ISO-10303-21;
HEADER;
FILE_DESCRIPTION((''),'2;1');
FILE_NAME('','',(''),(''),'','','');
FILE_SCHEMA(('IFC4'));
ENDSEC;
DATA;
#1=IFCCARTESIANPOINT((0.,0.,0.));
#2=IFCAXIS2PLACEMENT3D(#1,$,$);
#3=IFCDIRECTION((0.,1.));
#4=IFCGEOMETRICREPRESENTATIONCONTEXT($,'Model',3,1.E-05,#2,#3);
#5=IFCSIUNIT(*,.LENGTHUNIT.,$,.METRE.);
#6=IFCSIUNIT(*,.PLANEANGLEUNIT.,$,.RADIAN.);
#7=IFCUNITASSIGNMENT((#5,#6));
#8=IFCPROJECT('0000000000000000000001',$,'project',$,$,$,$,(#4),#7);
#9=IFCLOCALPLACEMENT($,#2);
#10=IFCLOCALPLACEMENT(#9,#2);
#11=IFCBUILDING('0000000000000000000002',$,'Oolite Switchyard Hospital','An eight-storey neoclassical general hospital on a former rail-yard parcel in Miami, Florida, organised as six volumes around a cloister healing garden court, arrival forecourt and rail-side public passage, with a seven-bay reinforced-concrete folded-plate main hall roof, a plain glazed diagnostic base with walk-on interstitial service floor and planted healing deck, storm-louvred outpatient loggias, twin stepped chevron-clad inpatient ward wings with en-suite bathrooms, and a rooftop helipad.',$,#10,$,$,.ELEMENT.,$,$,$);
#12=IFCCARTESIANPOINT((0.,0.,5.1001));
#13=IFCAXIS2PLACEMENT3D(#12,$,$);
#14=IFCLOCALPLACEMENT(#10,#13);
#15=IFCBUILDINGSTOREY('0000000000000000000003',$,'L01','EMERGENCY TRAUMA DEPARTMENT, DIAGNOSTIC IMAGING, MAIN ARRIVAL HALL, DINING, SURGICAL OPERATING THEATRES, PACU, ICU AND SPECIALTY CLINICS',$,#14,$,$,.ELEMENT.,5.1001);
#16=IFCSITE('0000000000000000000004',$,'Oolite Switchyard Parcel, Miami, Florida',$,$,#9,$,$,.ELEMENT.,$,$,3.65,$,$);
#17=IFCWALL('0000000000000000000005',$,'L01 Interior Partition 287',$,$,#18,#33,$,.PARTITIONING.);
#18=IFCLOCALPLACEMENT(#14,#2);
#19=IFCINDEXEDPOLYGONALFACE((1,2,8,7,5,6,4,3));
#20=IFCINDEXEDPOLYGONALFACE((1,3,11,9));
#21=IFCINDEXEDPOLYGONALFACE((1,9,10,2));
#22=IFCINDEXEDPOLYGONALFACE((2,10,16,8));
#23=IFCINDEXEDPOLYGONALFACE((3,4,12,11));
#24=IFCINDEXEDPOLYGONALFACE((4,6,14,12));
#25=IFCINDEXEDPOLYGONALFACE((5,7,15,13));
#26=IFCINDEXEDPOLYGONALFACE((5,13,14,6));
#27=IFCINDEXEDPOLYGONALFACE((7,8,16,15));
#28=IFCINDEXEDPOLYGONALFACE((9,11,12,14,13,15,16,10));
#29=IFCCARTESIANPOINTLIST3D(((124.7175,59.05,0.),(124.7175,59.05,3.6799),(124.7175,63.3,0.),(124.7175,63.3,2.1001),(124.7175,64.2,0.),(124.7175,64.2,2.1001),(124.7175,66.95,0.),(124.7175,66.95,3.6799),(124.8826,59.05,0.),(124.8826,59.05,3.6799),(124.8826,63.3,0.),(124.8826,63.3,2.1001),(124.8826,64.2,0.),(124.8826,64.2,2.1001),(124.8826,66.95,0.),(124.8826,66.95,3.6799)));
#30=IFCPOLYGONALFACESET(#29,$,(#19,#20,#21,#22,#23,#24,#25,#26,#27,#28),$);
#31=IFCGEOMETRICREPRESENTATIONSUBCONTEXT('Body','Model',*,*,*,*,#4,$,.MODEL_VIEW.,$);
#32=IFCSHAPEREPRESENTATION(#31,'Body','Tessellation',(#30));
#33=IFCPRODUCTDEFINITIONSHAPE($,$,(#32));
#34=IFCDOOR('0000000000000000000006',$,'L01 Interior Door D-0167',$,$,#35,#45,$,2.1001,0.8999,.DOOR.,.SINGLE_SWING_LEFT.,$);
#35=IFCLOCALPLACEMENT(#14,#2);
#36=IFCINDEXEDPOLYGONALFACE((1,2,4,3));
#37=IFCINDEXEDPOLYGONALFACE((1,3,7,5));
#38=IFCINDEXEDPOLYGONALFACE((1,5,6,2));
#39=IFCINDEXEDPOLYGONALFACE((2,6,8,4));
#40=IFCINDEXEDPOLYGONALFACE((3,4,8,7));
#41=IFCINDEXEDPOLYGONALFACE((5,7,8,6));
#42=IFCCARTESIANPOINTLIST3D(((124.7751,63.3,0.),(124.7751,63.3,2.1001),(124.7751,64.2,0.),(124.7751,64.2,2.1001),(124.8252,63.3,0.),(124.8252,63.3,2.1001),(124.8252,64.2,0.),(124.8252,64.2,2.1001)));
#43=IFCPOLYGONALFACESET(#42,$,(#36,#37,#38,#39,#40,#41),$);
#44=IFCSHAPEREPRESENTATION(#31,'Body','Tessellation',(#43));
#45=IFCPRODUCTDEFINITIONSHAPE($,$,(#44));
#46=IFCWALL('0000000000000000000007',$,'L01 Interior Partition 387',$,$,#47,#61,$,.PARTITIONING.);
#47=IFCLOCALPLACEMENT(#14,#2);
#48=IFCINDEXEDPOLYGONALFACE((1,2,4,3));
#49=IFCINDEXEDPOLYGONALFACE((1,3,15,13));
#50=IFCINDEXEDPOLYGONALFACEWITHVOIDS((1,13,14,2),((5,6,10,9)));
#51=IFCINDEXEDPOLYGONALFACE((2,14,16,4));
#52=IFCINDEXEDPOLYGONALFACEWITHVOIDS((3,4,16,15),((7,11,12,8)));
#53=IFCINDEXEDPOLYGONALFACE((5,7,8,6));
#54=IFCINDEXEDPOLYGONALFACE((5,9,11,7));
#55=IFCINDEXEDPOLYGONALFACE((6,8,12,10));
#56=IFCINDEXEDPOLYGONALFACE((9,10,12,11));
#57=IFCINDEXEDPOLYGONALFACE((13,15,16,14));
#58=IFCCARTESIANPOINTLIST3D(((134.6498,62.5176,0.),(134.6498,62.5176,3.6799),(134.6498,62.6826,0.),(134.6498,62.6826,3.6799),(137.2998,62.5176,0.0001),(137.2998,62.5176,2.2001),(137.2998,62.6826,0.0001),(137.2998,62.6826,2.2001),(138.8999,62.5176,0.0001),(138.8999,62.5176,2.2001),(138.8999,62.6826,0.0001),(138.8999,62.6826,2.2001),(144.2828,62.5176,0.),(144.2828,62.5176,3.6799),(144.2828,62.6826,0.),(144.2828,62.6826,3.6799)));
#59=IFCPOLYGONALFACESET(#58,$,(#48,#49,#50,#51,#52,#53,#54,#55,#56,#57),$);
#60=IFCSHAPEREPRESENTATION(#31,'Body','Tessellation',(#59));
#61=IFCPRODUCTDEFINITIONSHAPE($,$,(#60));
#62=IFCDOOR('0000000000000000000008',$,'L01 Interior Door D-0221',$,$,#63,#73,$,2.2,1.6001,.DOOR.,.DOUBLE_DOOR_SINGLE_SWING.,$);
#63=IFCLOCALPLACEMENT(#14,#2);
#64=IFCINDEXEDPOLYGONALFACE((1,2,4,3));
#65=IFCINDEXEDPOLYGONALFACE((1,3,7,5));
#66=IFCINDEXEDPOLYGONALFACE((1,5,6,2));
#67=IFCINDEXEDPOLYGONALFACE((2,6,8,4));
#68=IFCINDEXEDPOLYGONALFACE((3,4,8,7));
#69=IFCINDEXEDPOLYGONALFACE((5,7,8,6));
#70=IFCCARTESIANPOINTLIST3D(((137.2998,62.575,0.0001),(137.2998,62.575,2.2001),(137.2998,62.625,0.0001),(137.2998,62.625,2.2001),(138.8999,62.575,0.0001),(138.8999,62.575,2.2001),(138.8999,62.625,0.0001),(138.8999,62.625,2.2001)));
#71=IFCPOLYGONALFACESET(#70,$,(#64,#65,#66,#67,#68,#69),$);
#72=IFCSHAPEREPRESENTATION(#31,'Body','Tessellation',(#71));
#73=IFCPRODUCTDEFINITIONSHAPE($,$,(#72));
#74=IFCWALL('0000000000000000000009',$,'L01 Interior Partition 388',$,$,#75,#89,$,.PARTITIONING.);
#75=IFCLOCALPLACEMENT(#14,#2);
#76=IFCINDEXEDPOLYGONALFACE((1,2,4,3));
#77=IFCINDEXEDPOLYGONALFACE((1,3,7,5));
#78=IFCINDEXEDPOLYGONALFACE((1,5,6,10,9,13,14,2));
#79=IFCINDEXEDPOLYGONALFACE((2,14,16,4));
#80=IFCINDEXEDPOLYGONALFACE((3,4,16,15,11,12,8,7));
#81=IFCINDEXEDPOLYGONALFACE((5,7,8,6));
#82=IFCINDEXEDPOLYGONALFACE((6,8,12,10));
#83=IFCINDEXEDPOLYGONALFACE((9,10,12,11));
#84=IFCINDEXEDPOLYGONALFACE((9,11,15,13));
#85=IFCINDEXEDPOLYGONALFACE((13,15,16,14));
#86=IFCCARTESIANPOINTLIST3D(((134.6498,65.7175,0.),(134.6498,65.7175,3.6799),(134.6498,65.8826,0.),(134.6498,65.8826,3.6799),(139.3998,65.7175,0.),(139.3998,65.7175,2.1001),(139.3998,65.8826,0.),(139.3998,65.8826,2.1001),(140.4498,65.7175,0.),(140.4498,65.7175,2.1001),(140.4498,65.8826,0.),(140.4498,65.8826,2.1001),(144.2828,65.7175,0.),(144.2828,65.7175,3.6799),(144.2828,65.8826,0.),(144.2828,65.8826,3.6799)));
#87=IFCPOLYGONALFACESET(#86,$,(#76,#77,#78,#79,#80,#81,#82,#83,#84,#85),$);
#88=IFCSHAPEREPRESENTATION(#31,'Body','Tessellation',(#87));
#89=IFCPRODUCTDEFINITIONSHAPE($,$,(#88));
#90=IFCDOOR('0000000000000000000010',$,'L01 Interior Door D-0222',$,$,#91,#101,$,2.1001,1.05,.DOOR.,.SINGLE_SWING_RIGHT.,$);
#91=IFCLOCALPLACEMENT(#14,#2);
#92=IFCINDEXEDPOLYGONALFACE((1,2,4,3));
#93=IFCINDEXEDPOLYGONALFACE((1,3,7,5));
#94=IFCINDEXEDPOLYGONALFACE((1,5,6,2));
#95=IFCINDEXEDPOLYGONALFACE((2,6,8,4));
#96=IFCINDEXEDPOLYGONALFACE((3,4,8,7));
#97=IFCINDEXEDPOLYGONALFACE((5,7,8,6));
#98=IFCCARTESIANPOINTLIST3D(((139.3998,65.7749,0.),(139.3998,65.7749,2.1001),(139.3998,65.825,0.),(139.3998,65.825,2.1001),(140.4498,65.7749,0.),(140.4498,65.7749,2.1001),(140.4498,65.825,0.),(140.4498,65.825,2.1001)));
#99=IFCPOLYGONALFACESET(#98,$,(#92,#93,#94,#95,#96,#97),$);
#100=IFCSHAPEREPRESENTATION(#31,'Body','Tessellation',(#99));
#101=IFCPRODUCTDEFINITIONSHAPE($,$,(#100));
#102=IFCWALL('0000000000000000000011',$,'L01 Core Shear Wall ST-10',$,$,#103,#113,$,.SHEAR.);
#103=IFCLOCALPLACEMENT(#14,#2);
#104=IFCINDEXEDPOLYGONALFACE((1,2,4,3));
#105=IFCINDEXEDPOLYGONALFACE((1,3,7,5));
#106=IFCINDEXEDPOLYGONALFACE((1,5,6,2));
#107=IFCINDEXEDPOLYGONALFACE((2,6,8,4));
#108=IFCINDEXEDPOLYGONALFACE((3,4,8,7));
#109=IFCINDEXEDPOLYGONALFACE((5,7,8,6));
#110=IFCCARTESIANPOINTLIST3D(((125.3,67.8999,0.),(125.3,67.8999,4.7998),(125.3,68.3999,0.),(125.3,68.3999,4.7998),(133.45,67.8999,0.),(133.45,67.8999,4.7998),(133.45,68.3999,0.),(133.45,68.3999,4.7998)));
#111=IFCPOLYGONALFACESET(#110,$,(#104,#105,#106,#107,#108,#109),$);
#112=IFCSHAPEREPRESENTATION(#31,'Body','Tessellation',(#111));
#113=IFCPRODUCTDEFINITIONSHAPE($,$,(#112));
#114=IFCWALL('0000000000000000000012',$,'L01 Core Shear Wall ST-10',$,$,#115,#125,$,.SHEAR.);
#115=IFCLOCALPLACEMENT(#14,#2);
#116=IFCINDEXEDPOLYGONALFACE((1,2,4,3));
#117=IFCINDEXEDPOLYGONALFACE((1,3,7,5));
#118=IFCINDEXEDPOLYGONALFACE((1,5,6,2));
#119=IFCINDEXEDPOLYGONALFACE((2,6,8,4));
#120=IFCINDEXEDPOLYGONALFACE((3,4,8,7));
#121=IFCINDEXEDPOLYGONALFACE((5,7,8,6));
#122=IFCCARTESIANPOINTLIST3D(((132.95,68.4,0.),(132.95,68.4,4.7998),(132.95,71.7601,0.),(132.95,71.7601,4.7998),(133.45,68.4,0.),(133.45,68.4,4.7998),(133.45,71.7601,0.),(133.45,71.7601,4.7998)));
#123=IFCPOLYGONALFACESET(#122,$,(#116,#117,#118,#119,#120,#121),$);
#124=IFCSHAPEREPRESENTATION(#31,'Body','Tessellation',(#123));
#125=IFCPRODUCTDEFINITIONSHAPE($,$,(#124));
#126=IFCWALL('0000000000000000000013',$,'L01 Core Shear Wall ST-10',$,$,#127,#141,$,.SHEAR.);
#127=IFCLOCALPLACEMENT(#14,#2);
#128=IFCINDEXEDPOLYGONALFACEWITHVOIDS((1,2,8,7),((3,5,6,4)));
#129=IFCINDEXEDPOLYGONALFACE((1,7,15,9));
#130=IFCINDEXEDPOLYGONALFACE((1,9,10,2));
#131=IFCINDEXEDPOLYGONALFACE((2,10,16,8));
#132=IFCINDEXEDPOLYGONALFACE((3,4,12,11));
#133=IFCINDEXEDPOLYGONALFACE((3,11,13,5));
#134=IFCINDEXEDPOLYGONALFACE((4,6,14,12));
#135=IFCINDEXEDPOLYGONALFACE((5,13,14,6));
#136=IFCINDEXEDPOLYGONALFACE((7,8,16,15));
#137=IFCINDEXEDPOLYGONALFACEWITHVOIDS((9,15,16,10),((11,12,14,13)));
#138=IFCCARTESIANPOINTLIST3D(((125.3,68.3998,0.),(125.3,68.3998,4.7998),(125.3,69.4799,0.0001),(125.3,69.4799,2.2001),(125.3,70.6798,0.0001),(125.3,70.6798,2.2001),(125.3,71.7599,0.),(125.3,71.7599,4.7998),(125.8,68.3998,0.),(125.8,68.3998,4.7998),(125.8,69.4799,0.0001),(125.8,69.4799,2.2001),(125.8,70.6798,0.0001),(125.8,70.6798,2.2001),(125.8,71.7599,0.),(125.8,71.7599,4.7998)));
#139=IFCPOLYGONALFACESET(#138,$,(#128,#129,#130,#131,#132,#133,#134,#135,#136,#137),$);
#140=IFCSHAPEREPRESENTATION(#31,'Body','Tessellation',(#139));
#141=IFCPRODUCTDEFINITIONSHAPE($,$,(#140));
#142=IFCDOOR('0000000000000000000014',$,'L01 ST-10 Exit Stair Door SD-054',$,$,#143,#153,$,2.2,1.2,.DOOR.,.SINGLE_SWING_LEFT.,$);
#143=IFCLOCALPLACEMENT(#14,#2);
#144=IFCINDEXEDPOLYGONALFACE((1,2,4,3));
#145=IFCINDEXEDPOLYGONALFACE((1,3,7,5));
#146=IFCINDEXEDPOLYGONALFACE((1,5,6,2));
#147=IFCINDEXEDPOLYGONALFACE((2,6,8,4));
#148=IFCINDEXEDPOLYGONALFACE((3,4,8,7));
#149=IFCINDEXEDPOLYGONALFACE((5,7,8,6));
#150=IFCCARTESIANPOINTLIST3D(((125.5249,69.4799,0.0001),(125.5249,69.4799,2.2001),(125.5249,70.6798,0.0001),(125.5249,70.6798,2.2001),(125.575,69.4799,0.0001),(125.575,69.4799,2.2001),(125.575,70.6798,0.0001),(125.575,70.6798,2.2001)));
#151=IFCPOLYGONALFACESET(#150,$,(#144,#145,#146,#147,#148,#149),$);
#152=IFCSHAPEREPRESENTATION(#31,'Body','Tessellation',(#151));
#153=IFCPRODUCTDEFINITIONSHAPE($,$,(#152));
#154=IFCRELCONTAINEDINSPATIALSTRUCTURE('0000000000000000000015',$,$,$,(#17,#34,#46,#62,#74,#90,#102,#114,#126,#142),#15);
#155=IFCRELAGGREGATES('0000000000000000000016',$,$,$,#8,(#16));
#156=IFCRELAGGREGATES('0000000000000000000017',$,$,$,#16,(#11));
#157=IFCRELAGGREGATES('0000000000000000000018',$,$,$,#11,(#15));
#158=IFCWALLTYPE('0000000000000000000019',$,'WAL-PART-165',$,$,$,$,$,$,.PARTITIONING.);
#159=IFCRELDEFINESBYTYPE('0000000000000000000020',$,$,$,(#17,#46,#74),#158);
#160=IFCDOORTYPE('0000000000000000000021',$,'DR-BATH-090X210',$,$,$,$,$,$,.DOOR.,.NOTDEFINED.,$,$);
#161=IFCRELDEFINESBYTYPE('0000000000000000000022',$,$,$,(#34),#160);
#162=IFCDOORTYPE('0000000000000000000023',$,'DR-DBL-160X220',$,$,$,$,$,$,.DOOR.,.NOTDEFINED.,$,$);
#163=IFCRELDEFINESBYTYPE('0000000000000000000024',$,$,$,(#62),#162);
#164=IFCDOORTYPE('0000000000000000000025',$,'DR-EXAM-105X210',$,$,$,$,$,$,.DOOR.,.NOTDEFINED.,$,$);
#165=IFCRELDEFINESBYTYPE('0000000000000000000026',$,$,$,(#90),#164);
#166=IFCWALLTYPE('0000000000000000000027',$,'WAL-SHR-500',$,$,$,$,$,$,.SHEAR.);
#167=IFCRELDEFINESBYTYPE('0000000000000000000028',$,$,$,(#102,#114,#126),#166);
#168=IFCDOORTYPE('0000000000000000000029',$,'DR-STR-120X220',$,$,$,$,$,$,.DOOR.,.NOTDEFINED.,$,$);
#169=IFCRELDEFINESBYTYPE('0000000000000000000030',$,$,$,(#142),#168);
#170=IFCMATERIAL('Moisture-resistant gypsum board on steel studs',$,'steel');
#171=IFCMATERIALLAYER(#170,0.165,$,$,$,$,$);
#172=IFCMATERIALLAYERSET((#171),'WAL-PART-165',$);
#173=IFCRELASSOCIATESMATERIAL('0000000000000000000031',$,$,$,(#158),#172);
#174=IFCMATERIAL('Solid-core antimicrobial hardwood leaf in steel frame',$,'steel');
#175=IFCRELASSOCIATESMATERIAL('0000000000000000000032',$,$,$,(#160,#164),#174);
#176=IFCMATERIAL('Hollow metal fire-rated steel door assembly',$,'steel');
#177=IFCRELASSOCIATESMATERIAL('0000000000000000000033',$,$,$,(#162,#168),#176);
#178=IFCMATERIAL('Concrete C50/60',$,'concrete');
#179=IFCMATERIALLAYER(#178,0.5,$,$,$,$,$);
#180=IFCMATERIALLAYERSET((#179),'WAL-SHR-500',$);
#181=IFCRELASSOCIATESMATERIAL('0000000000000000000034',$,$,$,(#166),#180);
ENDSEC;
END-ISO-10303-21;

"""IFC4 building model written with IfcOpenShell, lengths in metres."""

from ifc_helpers import new_model, si_unit, direction, frame, frame_2d, origin, place, context, subcontext, project, spatial, rectangle, extrude, material, layer, layer_set, type_object, element, fill, save


model = new_model("IFC4")

# Units and contexts
model_context = context("Model", 3, precision=1e-05, world=origin(), true_north=direction((0.0, 1.0)))
body_context = subcontext(model_context, "Body", "Model", "MODEL_VIEW")
ifc_project = project(units=[si_unit("LENGTHUNIT", "METRE"), si_unit("PLANEANGLEUNIT", "RADIAN")], contexts=[model_context])

# Site, building, storey
site_placement = place(None, origin())
site = spatial("IfcSite", under=ifc_project, at=site_placement, Name="Oolite Switchyard Parcel, Miami, Florida", CompositionType="ELEMENT", RefElevation=3.65)
building_placement = place(site_placement, origin())
building = spatial("IfcBuilding", under=site, at=building_placement, Name="Oolite Switchyard Hospital", Description="An eight-storey neoclassical general hospital on a former rail-yard parcel in Miami, Florida, organised as six volumes around a cloister healing garden court, arrival forecourt and rail-side public passage, with a seven-bay reinforced-concrete folded-plate main hall roof, a plain glazed diagnostic base with walk-on interstitial service floor and planted healing deck, storm-louvred outpatient loggias, twin stepped chevron-clad inpatient ward wings with en-suite bathrooms, and a rooftop helipad.", CompositionType="ELEMENT")
storey_placement = place(building_placement, frame((0.0, 0.0, 5.1001)))
storey = spatial("IfcBuildingStorey", under=building, at=storey_placement, Name="L01", Description="EMERGENCY TRAUMA DEPARTMENT, DIAGNOSTIC IMAGING, MAIN ARRIVAL HALL, DINING, SURGICAL OPERATING THEATRES, PACU, ICU AND SPECIALTY CLINICS", CompositionType="ELEMENT", Elevation=5.1001)

# Shared definitions
ifc_material_1 = material(Name="Concrete C50/60", Category="concrete")

# Walls, openings, doors
ifc_material_2 = material(Name="Moisture-resistant gypsum board on steel studs", Category="steel")
ifc_layer_1 = layer(ifc_material_2, 0.165)
ifc_layer_set_1 = layer_set([ifc_layer_1], Name="WAL-PART-165")
wall_type_1 = type_object("IfcWallType", Name="WAL-PART-165", PredefinedType="PARTITIONING", material=ifc_layer_set_1)
wall_1_placement = place(storey_placement, frame((124.8, 59.05, 0.0), z_axis=(0.0, 0.0, 1.0), x_axis=(0.0, 1.0, 0.0)))
wall_1 = element("IfcWall", 1, at=wall_1_placement, inside=storey, type_object=wall_type_1, Name="L01 Interior Partition 287", PredefinedType="PARTITIONING", context=body_context, shape_type="SweptSolid", body=[
    extrude(rectangle(XDim=7.8999, YDim=0.165, at=frame_2d((3.95, 0.0))), origin(), (0.0, 0.0, 1.0), 3.6799),
])
opening_1_placement = place(wall_1_placement, frame((4.25, 0.0, 0.0)))
opening_1 = element("IfcOpeningElement", 2, at=opening_1_placement, cuts=wall_1, PredefinedType="OPENING", context=body_context, shape_type="SweptSolid", body=[
    extrude(rectangle(XDim=0.8999, YDim=2.1001, at=frame_2d((0.45, 1.05))), frame((0.0, 0.0925, 0.0), z_axis=(0.0, -1.0, 0.0), x_axis=(1.0, 0.0, 0.0)), (0.0, 0.0, 1.0), 0.1851),
])
ifc_material_3 = material(Name="Solid-core antimicrobial hardwood leaf in steel frame", Category="steel")
door_type_1 = type_object("IfcDoorType", Name="DR-BATH-090X210", OperationType="NOTDEFINED", PredefinedType="DOOR", material=ifc_material_3)
door_1_placement = place(opening_1_placement, origin())
door_1 = element("IfcDoor", 3, at=door_1_placement, inside=storey, type_object=door_type_1, Name="L01 Interior Door D-0167", OperationType="SINGLE_SWING_LEFT", OverallHeight=2.1001, OverallWidth=0.8999, PredefinedType="DOOR", context=body_context, shape_type="SweptSolid", body=[
    extrude(rectangle(XDim=0.8999, YDim=2.1001, at=frame_2d((0.45, 1.05))), frame((0.0, 0.0249, 0.0), z_axis=(0.0, -1.0, 0.0), x_axis=(1.0, 0.0, 0.0)), (0.0, 0.0, 1.0), 0.05),
])
fill(opening_1, door_1)
wall_2_placement = place(storey_placement, frame((134.6499, 62.6001, 0.0), z_axis=(0.0, 0.0, 1.0), x_axis=(1.0, 0.0, 0.0)))
wall_2 = element("IfcWall", 4, at=wall_2_placement, inside=storey, type_object=wall_type_1, Name="L01 Interior Partition 387", PredefinedType="PARTITIONING", context=body_context, shape_type="SweptSolid", body=[
    extrude(rectangle(XDim=9.6331, YDim=0.165, at=frame_2d((4.8164, 0.0))), origin(), (0.0, 0.0, 1.0), 3.6799),
])
opening_2_placement = place(wall_2_placement, frame((2.6499, 0.0, 0.0)))
opening_2 = element("IfcOpeningElement", 5, at=opening_2_placement, cuts=wall_2, PredefinedType="OPENING", context=body_context, shape_type="SweptSolid", body=[
    extrude(rectangle(XDim=1.6001, YDim=2.2, at=frame_2d((0.8, 1.1001))), frame((0.0, 0.0925, 0.0), z_axis=(0.0, -1.0, 0.0), x_axis=(1.0, 0.0, 0.0)), (0.0, 0.0, 1.0), 0.1851),
])
ifc_material_4 = material(Name="Hollow metal fire-rated steel door assembly", Category="steel")
door_type_2 = type_object("IfcDoorType", Name="DR-DBL-160X220", OperationType="NOTDEFINED", PredefinedType="DOOR", material=ifc_material_4)
door_2_placement = place(opening_2_placement, origin())
door_2 = element("IfcDoor", 6, at=door_2_placement, inside=storey, type_object=door_type_2, Name="L01 Interior Door D-0221", OperationType="DOUBLE_DOOR_SINGLE_SWING", OverallHeight=2.2, OverallWidth=1.6001, PredefinedType="DOOR", context=body_context, shape_type="SweptSolid", body=[
    extrude(rectangle(XDim=1.6001, YDim=2.2, at=frame_2d((0.8, 1.1001))), frame((0.0, 0.0249, 0.0), z_axis=(0.0, -1.0, 0.0), x_axis=(1.0, 0.0, 0.0)), (0.0, 0.0, 1.0), 0.05),
])
fill(opening_2, door_2)
wall_3_placement = place(storey_placement, frame((134.6499, 65.8, 0.0), z_axis=(0.0, 0.0, 1.0), x_axis=(1.0, 0.0, 0.0)))
wall_3 = element("IfcWall", 7, at=wall_3_placement, inside=storey, type_object=wall_type_1, Name="L01 Interior Partition 388", PredefinedType="PARTITIONING", context=body_context, shape_type="SweptSolid", body=[
    extrude(rectangle(XDim=9.6331, YDim=0.165, at=frame_2d((4.8164, 0.0))), origin(), (0.0, 0.0, 1.0), 3.6799),
])
opening_3_placement = place(wall_3_placement, frame((4.75, 0.0, 0.0)))
opening_3 = element("IfcOpeningElement", 8, at=opening_3_placement, cuts=wall_3, PredefinedType="OPENING", context=body_context, shape_type="SweptSolid", body=[
    extrude(rectangle(XDim=1.05, YDim=2.1001, at=frame_2d((0.5249, 1.05))), frame((0.0, 0.0925, 0.0), z_axis=(0.0, -1.0, 0.0), x_axis=(1.0, 0.0, 0.0)), (0.0, 0.0, 1.0), 0.1851),
])
door_type_3 = type_object("IfcDoorType", Name="DR-EXAM-105X210", OperationType="NOTDEFINED", PredefinedType="DOOR", material=ifc_material_3)
door_3_placement = place(opening_3_placement, origin())
door_3 = element("IfcDoor", 9, at=door_3_placement, inside=storey, type_object=door_type_3, Name="L01 Interior Door D-0222", OperationType="SINGLE_SWING_RIGHT", OverallHeight=2.1001, OverallWidth=1.05, PredefinedType="DOOR", context=body_context, shape_type="SweptSolid", body=[
    extrude(rectangle(XDim=1.05, YDim=2.1001, at=frame_2d((0.5249, 1.05))), frame((0.0, 0.0249, 0.0), z_axis=(0.0, -1.0, 0.0), x_axis=(1.0, 0.0, 0.0)), (0.0, 0.0, 1.0), 0.05),
])
fill(opening_3, door_3)

# Walls
ifc_layer_2 = layer(ifc_material_1, 0.5)
ifc_layer_set_2 = layer_set([ifc_layer_2], Name="WAL-SHR-500")
wall_type_2 = type_object("IfcWallType", Name="WAL-SHR-500", PredefinedType="SHEAR", material=ifc_layer_set_2)
wall_4_placement = place(storey_placement, frame((125.3, 68.1499, 0.0), z_axis=(0.0, 0.0, 1.0), x_axis=(1.0, 0.0, 0.0)))
element("IfcWall", 10, at=wall_4_placement, inside=storey, type_object=wall_type_2, Name="L01 Core Shear Wall ST-10", PredefinedType="SHEAR", context=body_context, shape_type="SweptSolid", body=[
    extrude(rectangle(XDim=8.1499, YDim=0.5, at=frame_2d((4.075, 0.0))), origin(), (0.0, 0.0, 1.0), 4.7998),
])
wall_5_placement = place(storey_placement, frame((133.2, 68.3999, 0.0), z_axis=(0.0, 0.0, 1.0), x_axis=(0.0, 1.0, 0.0)))
element("IfcWall", 11, at=wall_5_placement, inside=storey, type_object=wall_type_2, Name="L01 Core Shear Wall ST-10", PredefinedType="SHEAR", context=body_context, shape_type="SweptSolid", body=[
    extrude(rectangle(XDim=3.3601, YDim=0.5, at=frame_2d((1.6802, 0.0))), origin(), (0.0, 0.0, 1.0), 4.7998),
])

# Wall, opening, door
wall_6_placement = place(storey_placement, frame((125.55, 71.76, 0.0), z_axis=(0.0, 0.0, 1.0), x_axis=(0.0, -1.0, 0.0)))
wall_6 = element("IfcWall", 12, at=wall_6_placement, inside=storey, type_object=wall_type_2, Name="L01 Core Shear Wall ST-10", PredefinedType="SHEAR", context=body_context, shape_type="SweptSolid", body=[
    extrude(rectangle(XDim=3.3601, YDim=0.5, at=frame_2d((1.6802, 0.0))), origin(), (0.0, 0.0, 1.0), 4.7998),
])
opening_4_placement = place(wall_6_placement, frame((1.0801, 0.0, 0.0)))
opening_4 = element("IfcOpeningElement", 13, at=opening_4_placement, cuts=wall_6, PredefinedType="OPENING", context=body_context, shape_type="SweptSolid", body=[
    extrude(rectangle(XDim=1.2, YDim=2.2, at=frame_2d((0.6001, 1.1001))), frame((0.0, 0.26, 0.0), z_axis=(0.0, -1.0, 0.0), x_axis=(1.0, 0.0, 0.0)), (0.0, 0.0, 1.0), 0.52),
])
door_type_4 = type_object("IfcDoorType", Name="DR-STR-120X220", OperationType="NOTDEFINED", PredefinedType="DOOR", material=ifc_material_4)
door_4_placement = place(opening_4_placement, origin())
door_4 = element("IfcDoor", 14, at=door_4_placement, inside=storey, type_object=door_type_4, Name="L01 ST-10 Exit Stair Door SD-054", OperationType="SINGLE_SWING_LEFT", OverallHeight=2.2, OverallWidth=1.2, PredefinedType="DOOR", context=body_context, shape_type="SweptSolid", body=[
    extrude(rectangle(XDim=1.2, YDim=2.2, at=frame_2d((0.6001, 1.1001))), frame((0.0, 0.0249, 0.0), z_axis=(0.0, -1.0, 0.0), x_axis=(1.0, 0.0, 0.0)), (0.0, 0.0, 1.0), 0.05),
])
fill(opening_4, door_4)

save(model, "model.ifc")
